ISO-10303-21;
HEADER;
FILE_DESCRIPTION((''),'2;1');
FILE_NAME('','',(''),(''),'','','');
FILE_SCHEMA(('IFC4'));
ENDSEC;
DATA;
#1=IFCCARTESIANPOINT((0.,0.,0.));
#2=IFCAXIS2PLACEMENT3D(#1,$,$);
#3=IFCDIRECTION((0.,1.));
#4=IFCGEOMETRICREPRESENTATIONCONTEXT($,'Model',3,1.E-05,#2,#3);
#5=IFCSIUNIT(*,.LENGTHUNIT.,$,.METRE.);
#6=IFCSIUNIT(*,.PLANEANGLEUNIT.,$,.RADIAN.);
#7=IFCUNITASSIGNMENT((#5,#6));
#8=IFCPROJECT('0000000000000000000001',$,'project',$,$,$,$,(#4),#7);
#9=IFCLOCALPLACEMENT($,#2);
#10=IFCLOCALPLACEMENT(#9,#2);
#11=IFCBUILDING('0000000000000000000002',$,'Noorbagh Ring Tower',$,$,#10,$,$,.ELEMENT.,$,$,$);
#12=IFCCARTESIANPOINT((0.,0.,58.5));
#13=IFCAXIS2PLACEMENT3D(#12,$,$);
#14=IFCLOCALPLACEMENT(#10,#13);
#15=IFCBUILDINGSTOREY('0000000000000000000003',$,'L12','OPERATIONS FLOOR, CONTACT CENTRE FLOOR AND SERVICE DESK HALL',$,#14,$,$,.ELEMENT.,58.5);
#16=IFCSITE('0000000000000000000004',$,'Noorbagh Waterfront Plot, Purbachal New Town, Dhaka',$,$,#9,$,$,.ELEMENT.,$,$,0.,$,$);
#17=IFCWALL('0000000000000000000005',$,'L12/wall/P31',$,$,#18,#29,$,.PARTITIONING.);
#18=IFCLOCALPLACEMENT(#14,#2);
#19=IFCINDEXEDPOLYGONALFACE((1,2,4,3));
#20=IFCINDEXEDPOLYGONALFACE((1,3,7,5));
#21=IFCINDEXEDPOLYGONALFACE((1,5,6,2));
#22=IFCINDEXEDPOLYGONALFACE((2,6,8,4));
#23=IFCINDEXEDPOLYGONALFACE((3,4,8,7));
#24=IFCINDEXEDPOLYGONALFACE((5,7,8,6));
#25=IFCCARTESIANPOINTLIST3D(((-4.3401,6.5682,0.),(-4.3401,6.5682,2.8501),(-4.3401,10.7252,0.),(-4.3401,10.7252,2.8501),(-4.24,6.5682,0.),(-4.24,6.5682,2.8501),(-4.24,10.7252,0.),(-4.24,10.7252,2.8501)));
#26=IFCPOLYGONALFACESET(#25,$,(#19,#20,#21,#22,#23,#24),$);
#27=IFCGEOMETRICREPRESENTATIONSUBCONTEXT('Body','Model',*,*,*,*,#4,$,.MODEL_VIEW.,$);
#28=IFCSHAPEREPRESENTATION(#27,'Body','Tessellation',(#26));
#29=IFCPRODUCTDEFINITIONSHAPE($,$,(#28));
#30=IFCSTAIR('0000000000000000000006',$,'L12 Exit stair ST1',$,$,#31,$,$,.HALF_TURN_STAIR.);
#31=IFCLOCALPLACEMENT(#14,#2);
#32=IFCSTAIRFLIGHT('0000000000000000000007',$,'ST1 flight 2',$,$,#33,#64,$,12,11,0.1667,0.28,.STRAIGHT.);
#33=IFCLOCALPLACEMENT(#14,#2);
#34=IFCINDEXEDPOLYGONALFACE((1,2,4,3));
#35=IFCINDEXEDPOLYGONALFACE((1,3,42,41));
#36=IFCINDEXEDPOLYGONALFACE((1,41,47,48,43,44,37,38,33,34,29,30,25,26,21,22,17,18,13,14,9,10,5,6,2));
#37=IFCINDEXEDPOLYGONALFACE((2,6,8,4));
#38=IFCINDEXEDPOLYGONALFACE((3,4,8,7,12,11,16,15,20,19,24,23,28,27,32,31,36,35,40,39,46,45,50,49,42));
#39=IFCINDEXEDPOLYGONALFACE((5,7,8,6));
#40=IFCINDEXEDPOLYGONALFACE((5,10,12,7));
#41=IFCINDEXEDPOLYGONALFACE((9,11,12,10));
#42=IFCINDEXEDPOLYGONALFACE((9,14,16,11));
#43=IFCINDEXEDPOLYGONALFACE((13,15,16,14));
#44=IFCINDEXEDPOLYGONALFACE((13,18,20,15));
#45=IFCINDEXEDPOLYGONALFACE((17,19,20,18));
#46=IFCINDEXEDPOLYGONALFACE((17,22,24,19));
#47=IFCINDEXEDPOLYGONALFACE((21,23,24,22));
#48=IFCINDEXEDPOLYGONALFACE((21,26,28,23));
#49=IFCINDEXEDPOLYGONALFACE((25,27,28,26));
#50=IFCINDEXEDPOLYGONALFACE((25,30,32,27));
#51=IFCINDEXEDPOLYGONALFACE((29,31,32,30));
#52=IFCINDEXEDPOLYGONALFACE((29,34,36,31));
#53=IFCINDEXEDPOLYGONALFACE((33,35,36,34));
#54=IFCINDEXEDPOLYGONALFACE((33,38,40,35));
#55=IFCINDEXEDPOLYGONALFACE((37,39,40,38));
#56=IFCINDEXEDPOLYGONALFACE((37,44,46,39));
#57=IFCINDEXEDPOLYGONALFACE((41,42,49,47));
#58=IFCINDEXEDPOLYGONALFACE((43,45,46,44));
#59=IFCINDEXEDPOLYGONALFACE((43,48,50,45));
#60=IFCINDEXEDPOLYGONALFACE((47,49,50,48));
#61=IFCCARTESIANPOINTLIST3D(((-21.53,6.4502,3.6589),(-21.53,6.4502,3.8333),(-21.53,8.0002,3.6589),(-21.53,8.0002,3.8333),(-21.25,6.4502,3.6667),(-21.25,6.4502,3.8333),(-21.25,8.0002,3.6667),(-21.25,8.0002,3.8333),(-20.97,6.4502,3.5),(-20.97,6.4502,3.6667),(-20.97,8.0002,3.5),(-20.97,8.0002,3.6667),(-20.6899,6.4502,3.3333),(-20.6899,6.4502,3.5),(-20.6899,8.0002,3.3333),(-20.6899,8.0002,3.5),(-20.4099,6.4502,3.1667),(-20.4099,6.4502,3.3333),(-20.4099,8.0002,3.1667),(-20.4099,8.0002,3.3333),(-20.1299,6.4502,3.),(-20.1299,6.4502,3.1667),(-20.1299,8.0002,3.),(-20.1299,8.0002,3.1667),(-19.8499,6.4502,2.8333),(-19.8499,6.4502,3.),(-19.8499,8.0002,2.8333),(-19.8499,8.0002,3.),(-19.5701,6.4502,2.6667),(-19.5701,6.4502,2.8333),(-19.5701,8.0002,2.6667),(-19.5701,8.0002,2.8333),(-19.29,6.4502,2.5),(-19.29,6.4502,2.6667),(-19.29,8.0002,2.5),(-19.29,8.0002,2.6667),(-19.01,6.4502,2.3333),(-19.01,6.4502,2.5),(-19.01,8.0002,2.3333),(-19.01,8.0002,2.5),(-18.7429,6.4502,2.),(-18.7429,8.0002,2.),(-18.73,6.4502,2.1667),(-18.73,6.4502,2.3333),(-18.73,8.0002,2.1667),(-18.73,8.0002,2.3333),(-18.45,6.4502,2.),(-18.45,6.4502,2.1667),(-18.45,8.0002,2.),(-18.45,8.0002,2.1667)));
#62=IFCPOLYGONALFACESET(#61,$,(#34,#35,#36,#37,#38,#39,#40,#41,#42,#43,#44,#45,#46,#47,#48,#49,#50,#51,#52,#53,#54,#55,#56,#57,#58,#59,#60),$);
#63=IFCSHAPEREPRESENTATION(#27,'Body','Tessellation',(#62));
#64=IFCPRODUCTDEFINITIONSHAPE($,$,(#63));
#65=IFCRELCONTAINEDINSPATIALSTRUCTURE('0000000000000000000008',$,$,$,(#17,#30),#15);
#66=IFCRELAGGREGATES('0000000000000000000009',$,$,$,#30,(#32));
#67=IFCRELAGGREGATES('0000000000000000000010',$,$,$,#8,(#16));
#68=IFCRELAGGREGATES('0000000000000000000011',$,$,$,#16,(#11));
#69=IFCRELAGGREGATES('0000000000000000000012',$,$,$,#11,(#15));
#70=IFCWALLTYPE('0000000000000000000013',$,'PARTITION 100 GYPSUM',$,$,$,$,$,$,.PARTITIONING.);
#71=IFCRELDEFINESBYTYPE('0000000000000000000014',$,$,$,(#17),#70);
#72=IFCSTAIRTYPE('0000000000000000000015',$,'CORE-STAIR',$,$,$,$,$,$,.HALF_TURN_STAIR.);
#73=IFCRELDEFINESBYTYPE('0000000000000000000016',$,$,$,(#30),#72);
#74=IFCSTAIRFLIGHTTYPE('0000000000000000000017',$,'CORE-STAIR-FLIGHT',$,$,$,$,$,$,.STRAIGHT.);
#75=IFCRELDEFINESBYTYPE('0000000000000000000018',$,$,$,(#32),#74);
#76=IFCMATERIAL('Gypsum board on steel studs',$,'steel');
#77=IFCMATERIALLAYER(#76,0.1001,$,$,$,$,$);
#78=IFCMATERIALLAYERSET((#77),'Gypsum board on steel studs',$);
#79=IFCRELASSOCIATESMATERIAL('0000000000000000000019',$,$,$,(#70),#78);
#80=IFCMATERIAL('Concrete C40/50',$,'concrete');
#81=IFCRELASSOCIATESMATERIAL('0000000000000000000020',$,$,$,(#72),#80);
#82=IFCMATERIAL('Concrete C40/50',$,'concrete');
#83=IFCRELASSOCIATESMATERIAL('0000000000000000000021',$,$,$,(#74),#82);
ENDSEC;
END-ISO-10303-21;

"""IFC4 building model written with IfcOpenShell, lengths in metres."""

from ifc_helpers import new_model, si_unit, direction, frame, frame_2d, origin, place, context, subcontext, project, spatial, polyline, rectangle, outline, extrude, material, layer, layer_set, type_object, element, aggregate, save


model = new_model("IFC4")

# Units and contexts
model_context = context("Model", 3, precision=1e-05, world=origin(), true_north=direction((0.0, 1.0)))
body_context = subcontext(model_context, "Body", "Model", "MODEL_VIEW")
ifc_project = project(units=[si_unit("LENGTHUNIT", "METRE"), si_unit("PLANEANGLEUNIT", "RADIAN")], contexts=[model_context])

# Site, building, storey
site_placement = place(None, origin())
site = spatial("IfcSite", under=ifc_project, at=site_placement, Name="Noorbagh Waterfront Plot, Purbachal New Town, Dhaka", CompositionType="ELEMENT", RefElevation=0.0)
building_placement = place(site_placement, origin())
building = spatial("IfcBuilding", under=site, at=building_placement, Name="Noorbagh Ring Tower", CompositionType="ELEMENT")
storey_placement = place(building_placement, frame((0.0, 0.0, 58.5)))
storey = spatial("IfcBuildingStorey", under=building, at=storey_placement, Name="L12", Description="OPERATIONS FLOOR, CONTACT CENTRE FLOOR AND SERVICE DESK HALL", CompositionType="ELEMENT", Elevation=58.5)

# Wall
ifc_material_1 = material(Name="Gypsum board on steel studs", Category="steel")
ifc_layer_1 = layer(ifc_material_1, 0.1001)
ifc_layer_set_1 = layer_set([ifc_layer_1], Name="Gypsum board on steel studs")
wall_type_1 = type_object("IfcWallType", Name="PARTITION 100 GYPSUM", PredefinedType="PARTITIONING", material=ifc_layer_set_1)
wall_1_placement = place(storey_placement, frame((-4.29, 6.5681, 0.0), z_axis=(0.0, 0.0, 1.0), x_axis=(0.0, 1.0, 0.0)))
element("IfcWall", 1, at=wall_1_placement, inside=storey, type_object=wall_type_1, Name="L12/wall/P31", PredefinedType="PARTITIONING", context=body_context, shape_type="SweptSolid", body=[
    extrude(rectangle(XDim=4.157, YDim=0.1001, at=frame_2d((2.0786, 0.0))), origin(), (0.0, 0.0, 1.0), 2.8501),
])

# Stair, stair flight
ifc_material_2 = material(Name="Concrete C40/50", Category="concrete")
stair_type = type_object("IfcStairType", Name="CORE-STAIR", PredefinedType="HALF_TURN_STAIR", material=ifc_material_2)
stair_placement = place(storey_placement, origin())
stair = element("IfcStair", 2, at=stair_placement, inside=storey, type_object=stair_type, Name="L12 Exit stair ST1", PredefinedType="HALF_TURN_STAIR")
ifc_material_3 = material(Name="Concrete C40/50", Category="concrete")
stair_flight_type = type_object("IfcStairFlightType", Name="CORE-STAIR-FLIGHT", PredefinedType="STRAIGHT", material=ifc_material_3)
stair_flight_placement = place(storey_placement, frame((-18.45, 7.2251, 2.0), z_axis=(0.0, 0.0, 1.0), x_axis=(-1.0, 0.0, 0.0)))
stair_flight = element("IfcStairFlight", 3, at=stair_flight_placement, type_object=stair_flight_type, Name="ST1 flight 2", NumberOfRisers=12, NumberOfTreads=11, PredefinedType="STRAIGHT", RiserHeight=0.1667, TreadLength=0.28, context=body_context, shape_type="SweptSolid", body=[
    extrude(outline(polyline([(0.0, 0.0), (0.0, 0.1667), (0.28, 0.1667), (0.28, 0.3333), (0.5601, 0.3333), (0.5601, 0.5), (0.8401, 0.5), (0.8401, 0.6667), (1.1201, 0.6667), (1.1201, 0.8333), (1.3999, 0.8333), (1.3999, 1.0), (1.6799, 1.0), (1.6799, 1.1667), (1.96, 1.1667), (1.96, 1.3333), (2.24, 1.3333), (2.24, 1.5), (2.52, 1.5), (2.52, 1.6667), (2.8, 1.6667), (2.8, 1.8333), (3.0801, 1.8333), (3.0801, 2.0), (3.0801, 1.6589), (0.293, 0.0), (0.0, 0.0)])), frame((0.0, 0.7749, 0.0), z_axis=(0.0, -1.0, 0.0), x_axis=(1.0, 0.0, 0.0)), (0.0, 0.0, 1.0), 1.55),
])
aggregate(stair, [stair_flight])

save(model, "model.ifc")
